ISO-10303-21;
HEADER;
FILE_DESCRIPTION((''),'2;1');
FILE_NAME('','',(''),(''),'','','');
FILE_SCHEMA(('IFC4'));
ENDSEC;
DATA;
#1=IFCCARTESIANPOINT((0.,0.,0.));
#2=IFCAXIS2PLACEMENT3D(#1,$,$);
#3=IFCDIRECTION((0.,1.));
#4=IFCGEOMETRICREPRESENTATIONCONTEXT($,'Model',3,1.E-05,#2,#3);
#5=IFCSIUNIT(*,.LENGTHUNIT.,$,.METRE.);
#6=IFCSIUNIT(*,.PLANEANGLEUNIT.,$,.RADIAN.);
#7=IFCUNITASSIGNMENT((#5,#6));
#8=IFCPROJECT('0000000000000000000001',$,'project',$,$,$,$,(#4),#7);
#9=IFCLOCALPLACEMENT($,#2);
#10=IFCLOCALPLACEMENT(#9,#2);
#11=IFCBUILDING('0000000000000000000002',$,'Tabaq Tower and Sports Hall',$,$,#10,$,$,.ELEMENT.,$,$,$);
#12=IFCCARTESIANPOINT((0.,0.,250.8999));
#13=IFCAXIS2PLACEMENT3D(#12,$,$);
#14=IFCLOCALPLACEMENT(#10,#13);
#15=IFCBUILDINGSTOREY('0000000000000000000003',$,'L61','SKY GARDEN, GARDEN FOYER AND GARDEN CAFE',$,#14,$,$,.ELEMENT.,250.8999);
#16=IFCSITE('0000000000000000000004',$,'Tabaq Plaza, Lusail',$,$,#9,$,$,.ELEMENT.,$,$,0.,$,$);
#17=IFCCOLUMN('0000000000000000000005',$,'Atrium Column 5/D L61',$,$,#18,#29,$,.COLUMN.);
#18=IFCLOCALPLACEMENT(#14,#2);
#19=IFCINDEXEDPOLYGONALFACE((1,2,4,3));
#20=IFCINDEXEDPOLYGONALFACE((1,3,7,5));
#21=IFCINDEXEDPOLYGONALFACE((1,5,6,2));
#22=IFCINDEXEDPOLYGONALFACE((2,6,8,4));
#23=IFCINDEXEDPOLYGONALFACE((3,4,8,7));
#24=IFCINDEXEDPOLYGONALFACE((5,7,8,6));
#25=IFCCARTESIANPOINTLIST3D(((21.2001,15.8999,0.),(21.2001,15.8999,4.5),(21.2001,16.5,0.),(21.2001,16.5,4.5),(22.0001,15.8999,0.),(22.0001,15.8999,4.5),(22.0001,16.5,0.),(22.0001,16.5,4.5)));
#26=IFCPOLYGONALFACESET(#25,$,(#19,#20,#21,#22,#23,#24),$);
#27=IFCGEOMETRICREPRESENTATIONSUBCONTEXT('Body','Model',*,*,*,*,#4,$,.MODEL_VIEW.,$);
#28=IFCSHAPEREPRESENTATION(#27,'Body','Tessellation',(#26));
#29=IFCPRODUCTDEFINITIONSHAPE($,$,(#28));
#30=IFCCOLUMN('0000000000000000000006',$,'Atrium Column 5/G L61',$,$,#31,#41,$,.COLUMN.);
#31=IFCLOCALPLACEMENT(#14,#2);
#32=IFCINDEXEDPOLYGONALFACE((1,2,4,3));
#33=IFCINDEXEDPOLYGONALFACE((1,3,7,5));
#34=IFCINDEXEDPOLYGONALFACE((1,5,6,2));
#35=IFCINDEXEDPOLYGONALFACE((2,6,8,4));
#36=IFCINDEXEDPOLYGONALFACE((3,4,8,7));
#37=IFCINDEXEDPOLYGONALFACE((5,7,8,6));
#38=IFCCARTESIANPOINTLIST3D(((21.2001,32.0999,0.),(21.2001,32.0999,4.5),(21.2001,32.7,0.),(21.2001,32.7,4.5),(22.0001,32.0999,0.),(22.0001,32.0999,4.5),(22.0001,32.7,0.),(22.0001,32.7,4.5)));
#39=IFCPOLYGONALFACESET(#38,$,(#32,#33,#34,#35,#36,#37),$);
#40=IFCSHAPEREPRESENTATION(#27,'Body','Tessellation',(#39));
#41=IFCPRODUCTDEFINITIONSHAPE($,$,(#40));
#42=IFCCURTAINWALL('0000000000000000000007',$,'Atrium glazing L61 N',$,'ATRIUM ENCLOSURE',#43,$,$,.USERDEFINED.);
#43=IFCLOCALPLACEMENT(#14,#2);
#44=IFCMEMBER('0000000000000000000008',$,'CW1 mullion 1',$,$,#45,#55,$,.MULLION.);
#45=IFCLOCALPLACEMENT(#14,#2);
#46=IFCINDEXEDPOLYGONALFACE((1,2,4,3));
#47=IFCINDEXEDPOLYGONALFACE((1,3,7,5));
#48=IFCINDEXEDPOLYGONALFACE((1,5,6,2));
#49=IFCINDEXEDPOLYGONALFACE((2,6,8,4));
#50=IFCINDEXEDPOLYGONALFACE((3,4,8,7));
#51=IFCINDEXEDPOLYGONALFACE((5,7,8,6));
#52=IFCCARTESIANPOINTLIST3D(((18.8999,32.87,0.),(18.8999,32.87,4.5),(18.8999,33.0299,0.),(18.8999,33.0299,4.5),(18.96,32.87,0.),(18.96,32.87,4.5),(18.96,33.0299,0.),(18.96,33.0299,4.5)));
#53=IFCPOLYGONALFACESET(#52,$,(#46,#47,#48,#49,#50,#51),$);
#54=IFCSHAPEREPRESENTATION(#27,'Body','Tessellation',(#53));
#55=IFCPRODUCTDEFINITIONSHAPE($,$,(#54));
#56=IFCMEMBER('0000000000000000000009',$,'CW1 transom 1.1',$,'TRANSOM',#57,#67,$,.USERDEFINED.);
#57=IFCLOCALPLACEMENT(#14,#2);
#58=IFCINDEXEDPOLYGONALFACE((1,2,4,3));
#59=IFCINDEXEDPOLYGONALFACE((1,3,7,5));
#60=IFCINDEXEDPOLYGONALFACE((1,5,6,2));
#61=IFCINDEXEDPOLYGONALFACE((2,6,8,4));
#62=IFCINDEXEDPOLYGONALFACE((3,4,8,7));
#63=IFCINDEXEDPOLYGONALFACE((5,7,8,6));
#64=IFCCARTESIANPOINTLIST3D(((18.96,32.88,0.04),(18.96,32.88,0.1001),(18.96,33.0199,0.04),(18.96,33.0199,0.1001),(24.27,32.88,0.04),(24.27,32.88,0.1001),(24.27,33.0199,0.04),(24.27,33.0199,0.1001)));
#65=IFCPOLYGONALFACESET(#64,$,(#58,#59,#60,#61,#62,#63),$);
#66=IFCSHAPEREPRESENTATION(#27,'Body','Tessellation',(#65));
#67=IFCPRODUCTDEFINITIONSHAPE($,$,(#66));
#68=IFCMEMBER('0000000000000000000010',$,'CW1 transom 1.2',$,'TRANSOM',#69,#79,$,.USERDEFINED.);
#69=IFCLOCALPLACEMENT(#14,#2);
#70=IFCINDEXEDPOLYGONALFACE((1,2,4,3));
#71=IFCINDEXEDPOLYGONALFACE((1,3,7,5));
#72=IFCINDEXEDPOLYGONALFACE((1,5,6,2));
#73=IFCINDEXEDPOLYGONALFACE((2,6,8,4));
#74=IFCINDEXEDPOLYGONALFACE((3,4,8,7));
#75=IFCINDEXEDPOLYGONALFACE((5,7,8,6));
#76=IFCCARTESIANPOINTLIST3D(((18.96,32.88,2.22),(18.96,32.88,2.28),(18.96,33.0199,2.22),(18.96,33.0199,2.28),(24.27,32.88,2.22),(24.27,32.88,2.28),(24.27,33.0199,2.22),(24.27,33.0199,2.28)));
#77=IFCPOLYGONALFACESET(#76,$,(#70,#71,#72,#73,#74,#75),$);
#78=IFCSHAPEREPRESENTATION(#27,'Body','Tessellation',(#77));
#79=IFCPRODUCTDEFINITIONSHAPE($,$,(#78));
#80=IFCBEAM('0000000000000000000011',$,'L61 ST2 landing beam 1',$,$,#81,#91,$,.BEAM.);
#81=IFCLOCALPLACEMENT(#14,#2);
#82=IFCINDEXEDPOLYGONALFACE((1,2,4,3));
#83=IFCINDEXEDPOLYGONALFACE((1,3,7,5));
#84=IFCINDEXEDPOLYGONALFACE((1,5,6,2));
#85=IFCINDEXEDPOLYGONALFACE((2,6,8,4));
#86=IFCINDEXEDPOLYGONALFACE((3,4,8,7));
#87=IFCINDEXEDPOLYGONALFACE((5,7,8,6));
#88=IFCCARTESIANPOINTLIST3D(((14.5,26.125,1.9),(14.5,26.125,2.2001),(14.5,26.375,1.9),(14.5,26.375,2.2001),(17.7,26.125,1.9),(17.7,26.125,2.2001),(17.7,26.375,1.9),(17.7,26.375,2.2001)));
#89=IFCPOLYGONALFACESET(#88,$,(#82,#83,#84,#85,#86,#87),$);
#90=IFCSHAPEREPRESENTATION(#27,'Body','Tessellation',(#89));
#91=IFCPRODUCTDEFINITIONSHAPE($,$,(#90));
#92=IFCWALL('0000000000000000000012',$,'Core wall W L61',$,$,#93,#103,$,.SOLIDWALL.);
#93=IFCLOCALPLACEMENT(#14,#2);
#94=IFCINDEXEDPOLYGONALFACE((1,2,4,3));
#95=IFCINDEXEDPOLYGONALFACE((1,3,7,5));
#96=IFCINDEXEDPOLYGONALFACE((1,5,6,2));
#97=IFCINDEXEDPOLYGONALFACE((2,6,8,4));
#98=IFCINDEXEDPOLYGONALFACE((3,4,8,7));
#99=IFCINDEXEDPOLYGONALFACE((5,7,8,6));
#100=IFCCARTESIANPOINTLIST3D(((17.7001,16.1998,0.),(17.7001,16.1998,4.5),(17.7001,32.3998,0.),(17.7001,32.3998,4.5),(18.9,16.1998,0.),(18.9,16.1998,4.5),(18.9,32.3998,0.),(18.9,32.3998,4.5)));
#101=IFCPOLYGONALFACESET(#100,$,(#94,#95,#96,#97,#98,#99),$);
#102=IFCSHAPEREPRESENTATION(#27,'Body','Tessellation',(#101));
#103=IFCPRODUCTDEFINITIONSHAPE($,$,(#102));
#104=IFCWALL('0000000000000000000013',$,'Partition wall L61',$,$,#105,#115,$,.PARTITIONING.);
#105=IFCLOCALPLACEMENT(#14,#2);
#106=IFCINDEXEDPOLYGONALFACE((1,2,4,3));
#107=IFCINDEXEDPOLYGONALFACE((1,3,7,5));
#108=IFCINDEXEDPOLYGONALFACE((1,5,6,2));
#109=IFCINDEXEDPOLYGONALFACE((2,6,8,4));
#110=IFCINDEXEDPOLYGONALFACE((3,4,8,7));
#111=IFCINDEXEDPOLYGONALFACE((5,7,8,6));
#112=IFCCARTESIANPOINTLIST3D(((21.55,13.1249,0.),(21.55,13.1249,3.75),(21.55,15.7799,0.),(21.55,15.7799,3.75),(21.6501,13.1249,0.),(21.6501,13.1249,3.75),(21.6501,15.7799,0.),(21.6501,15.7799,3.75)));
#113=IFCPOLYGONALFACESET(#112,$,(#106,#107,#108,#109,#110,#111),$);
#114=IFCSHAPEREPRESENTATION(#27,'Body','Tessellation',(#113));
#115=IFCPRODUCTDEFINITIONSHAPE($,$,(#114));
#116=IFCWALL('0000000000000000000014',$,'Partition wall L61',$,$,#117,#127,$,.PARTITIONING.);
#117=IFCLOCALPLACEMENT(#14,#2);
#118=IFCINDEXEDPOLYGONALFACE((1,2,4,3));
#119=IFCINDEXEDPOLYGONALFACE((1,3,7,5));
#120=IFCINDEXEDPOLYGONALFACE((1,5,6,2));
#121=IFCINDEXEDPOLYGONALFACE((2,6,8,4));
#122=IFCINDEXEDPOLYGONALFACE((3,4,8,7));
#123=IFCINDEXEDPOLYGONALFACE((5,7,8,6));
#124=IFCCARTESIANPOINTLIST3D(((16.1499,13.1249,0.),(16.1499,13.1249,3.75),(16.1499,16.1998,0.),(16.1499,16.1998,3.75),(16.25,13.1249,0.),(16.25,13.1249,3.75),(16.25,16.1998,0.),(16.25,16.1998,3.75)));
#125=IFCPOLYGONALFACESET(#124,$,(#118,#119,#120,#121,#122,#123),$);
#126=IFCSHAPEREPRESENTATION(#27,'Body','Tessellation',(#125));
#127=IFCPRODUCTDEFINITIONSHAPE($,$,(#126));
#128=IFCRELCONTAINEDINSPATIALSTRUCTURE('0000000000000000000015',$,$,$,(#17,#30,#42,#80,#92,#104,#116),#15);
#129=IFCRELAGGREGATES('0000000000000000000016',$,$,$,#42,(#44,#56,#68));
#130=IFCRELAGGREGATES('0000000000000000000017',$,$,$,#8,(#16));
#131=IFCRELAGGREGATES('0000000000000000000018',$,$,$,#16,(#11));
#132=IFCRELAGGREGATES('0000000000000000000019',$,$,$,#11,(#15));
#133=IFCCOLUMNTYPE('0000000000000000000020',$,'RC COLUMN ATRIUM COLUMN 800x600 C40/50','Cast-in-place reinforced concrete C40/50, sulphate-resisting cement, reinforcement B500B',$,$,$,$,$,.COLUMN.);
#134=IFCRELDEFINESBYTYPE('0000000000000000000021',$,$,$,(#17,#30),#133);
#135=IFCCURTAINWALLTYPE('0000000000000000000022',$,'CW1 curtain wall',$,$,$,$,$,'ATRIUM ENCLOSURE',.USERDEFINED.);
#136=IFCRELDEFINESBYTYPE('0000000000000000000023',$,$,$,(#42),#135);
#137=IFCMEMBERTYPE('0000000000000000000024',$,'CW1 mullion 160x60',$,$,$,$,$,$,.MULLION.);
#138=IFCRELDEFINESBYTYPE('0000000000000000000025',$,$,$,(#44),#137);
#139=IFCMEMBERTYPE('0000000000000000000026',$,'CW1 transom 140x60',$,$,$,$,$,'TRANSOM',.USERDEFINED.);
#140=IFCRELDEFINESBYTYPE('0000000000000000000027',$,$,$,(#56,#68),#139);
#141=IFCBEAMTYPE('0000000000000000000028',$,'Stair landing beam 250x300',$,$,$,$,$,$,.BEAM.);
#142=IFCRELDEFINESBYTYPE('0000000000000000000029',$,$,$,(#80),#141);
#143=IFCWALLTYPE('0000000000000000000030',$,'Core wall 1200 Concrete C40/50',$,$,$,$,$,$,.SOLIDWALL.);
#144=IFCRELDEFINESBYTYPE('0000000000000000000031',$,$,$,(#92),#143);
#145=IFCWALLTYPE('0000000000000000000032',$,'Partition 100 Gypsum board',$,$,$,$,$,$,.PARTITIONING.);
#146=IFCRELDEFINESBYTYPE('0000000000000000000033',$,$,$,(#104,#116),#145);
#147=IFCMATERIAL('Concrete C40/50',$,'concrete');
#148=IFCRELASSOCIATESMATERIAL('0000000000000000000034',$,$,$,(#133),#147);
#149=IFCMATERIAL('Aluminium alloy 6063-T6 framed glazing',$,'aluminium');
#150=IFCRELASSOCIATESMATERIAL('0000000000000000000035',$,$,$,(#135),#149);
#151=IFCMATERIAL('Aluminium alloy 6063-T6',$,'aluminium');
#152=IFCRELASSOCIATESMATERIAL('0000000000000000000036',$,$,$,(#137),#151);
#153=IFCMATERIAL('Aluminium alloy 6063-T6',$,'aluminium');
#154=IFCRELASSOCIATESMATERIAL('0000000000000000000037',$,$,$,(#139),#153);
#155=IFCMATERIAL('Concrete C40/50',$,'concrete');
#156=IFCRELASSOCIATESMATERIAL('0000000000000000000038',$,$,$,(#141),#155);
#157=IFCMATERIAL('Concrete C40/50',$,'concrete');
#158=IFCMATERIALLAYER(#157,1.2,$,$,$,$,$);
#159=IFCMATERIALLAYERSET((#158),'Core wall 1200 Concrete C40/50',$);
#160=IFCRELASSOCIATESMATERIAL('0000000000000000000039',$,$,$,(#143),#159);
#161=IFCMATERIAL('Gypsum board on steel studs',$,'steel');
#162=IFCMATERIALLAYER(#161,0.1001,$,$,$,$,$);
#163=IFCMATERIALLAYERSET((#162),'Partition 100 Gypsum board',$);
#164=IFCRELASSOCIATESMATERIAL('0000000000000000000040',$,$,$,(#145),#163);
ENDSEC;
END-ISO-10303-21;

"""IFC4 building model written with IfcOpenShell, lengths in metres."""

from ifc_helpers import new_model, si_unit, direction, frame, frame_2d, origin, origin_2d, place, context, subcontext, project, spatial, rectangle, extrude, material, layer, layer_set, material_profile, profile_set, type_object, element, aggregate, save


model = new_model("IFC4")

# Units and contexts
model_context = context("Model", 3, precision=1e-05, world=origin(), true_north=direction((0.0, 1.0)))
body_context = subcontext(model_context, "Body", "Model", "MODEL_VIEW")
ifc_project = project(units=[si_unit("LENGTHUNIT", "METRE"), si_unit("PLANEANGLEUNIT", "RADIAN")], contexts=[model_context])

# Site, building, storey
site_placement = place(None, origin())
site = spatial("IfcSite", under=ifc_project, at=site_placement, Name="Tabaq Plaza, Lusail", CompositionType="ELEMENT", RefElevation=0.0)
building_placement = place(site_placement, origin())
building = spatial("IfcBuilding", under=site, at=building_placement, Name="Tabaq Tower and Sports Hall", CompositionType="ELEMENT")
storey_placement = place(building_placement, frame((0.0, 0.0, 250.8999)))
storey = spatial("IfcBuildingStorey", under=building, at=storey_placement, Name="L61", Description="SKY GARDEN, GARDEN FOYER AND GARDEN CAFE", CompositionType="ELEMENT", Elevation=250.8999)

# Columns
ifc_material_1 = material(Name="Concrete C40/50", Category="concrete")
ifc_material_profile_1 = material_profile(ifc_material_1, rectangle(XDim=0.8, YDim=0.6001, at=origin_2d()), Name="ATRIUM COLUMN 800x600")
ifc_profile_set_1 = profile_set([ifc_material_profile_1], Name="Concrete C40/50")
column_type = type_object("IfcColumnType", Name="RC COLUMN ATRIUM COLUMN 800x600 C40/50", Description="Cast-in-place reinforced concrete C40/50, sulphate-resisting cement, reinforcement B500B", PredefinedType="COLUMN", material=ifc_profile_set_1)
for number, where, z_axis, x_axis, name in (
    (1, (21.6001, 16.2, 0.0), (0.0, 0.0, 1.0), (1.0, 0.0, 0.0), "Atrium Column 5/D L61"),
    (2, (21.6001, 32.3999, 0.0), (0.0, 0.0, 1.0), (1.0, 0.0, 0.0), "Atrium Column 5/G L61"),
):
    element("IfcColumn", number, at=place(storey_placement, frame(where, z_axis=z_axis, x_axis=x_axis)), inside=storey, type_object=column_type, Name=name, PredefinedType="COLUMN", context=body_context, shape_type="SweptSolid", body=[
        extrude(rectangle(XDim=0.8, YDim=0.6001, at=origin_2d()), origin(), (0.0, 0.0, 1.0), 4.5),
    ])

# Curtain wall, members
ifc_material_2 = material(Name="Aluminium alloy 6063-T6 framed glazing", Category="aluminium")
curtain_wall_type = type_object("IfcCurtainWallType", Name="CW1 curtain wall", ElementType="ATRIUM ENCLOSURE", PredefinedType="USERDEFINED", material=ifc_material_2)
curtain_wall_placement = place(storey_placement, origin())
curtain_wall = element("IfcCurtainWall", 3, at=curtain_wall_placement, inside=storey, type_object=curtain_wall_type, Name="Atrium glazing L61 N", ObjectType="ATRIUM ENCLOSURE", PredefinedType="USERDEFINED")
ifc_material_3 = material(Name="Aluminium alloy 6063-T6", Category="aluminium")
ifc_material_profile_2 = material_profile(ifc_material_3, rectangle(XDim=0.1599, YDim=0.0601, at=origin_2d()), Name="MULLION 160x60")
ifc_profile_set_2 = profile_set([ifc_material_profile_2], Name="Aluminium alloy 6063-T6")
member_type_1 = type_object("IfcMemberType", Name="CW1 mullion 160x60", PredefinedType="MULLION", material=ifc_profile_set_2)
member_1_placement = place(storey_placement, frame((18.9299, 32.95, 0.0), z_axis=(0.0, 0.0, 1.0), x_axis=(0.0, 1.0, 0.0)))
member_1 = element("IfcMember", 4, at=member_1_placement, type_object=member_type_1, Name="CW1 mullion 1", PredefinedType="MULLION", context=body_context, shape_type="SweptSolid", body=[
    extrude(rectangle(XDim=0.1599, YDim=0.0601, at=origin_2d()), origin(), (0.0, 0.0, 1.0), 4.5),
])
ifc_material_4 = material(Name="Aluminium alloy 6063-T6", Category="aluminium")
ifc_material_profile_3 = material_profile(ifc_material_4, rectangle(XDim=0.1399, YDim=0.0601, at=origin_2d()), Name="TRANSOM 140x60")
ifc_profile_set_3 = profile_set([ifc_material_profile_3], Name="Aluminium alloy 6063-T6")
member_type_2 = type_object("IfcMemberType", Name="CW1 transom 140x60", ElementType="TRANSOM", PredefinedType="USERDEFINED", material=ifc_profile_set_3)
member_2_placement = place(storey_placement, frame((18.96, 32.95, 0.0701), z_axis=(1.0, 0.0, 0.0), x_axis=(0.0, 1.0, 0.0)))
member_2 = element("IfcMember", 5, at=member_2_placement, type_object=member_type_2, Name="CW1 transom 1.1", ObjectType="TRANSOM", PredefinedType="USERDEFINED", context=body_context, shape_type="SweptSolid", body=[
    extrude(rectangle(XDim=0.1399, YDim=0.0601, at=origin_2d()), origin(), (0.0, 0.0, 1.0), 5.3101),
])
member_3_placement = place(storey_placement, frame((18.96, 32.95, 2.25), z_axis=(1.0, 0.0, 0.0), x_axis=(0.0, 1.0, 0.0)))
member_3 = element("IfcMember", 6, at=member_3_placement, type_object=member_type_2, Name="CW1 transom 1.2", ObjectType="TRANSOM", PredefinedType="USERDEFINED", context=body_context, shape_type="SweptSolid", body=[
    extrude(rectangle(XDim=0.1399, YDim=0.0601, at=origin_2d()), origin(), (0.0, 0.0, 1.0), 5.3101),
])
aggregate(curtain_wall, [member_1, member_2, member_3])

# Beam
ifc_material_5 = material(Name="Concrete C40/50", Category="concrete")
ifc_material_profile_4 = material_profile(ifc_material_5, rectangle(XDim=0.25, YDim=0.3, at=origin_2d()), Name="RC 250x300")
ifc_profile_set_4 = profile_set([ifc_material_profile_4], Name="Concrete C40/50")
beam_type = type_object("IfcBeamType", Name="Stair landing beam 250x300", PredefinedType="BEAM", material=ifc_profile_set_4)
beam_placement = place(storey_placement, frame((14.5, 26.25, 2.05), z_axis=(1.0, 0.0, 0.0), x_axis=(0.0, 1.0, 0.0)))
element("IfcBeam", 7, at=beam_placement, inside=storey, type_object=beam_type, Name="L61 ST2 landing beam 1", PredefinedType="BEAM", context=body_context, shape_type="SweptSolid", body=[
    extrude(rectangle(XDim=0.25, YDim=0.3, at=origin_2d()), origin(), (0.0, 0.0, 1.0), 3.2),
])

# Wall
ifc_material_6 = material(Name="Concrete C40/50", Category="concrete")
ifc_layer_1 = layer(ifc_material_6, 1.2)
ifc_layer_set_1 = layer_set([ifc_layer_1], Name="Core wall 1200 Concrete C40/50")
wall_type_1 = type_object("IfcWallType", Name="Core wall 1200 Concrete C40/50", PredefinedType="SOLIDWALL", material=ifc_layer_set_1)
wall_1_placement = place(storey_placement, frame((18.3, 32.3999, 0.0), z_axis=(0.0, 0.0, 1.0), x_axis=(0.0, -1.0, 0.0)))
element("IfcWall", 8, at=wall_1_placement, inside=storey, type_object=wall_type_1, Name="Core wall W L61", PredefinedType="SOLIDWALL", context=body_context, shape_type="SweptSolid", body=[
    extrude(rectangle(XDim=16.2, YDim=1.2, at=frame_2d((8.1001, 0.0))), origin(), (0.0, 0.0, 1.0), 4.5),
])

# Walls
ifc_material_7 = material(Name="Gypsum board on steel studs", Category="steel")
ifc_layer_2 = layer(ifc_material_7, 0.1001)
ifc_layer_set_2 = layer_set([ifc_layer_2], Name="Partition 100 Gypsum board")
wall_type_2 = type_object("IfcWallType", Name="Partition 100 Gypsum board", PredefinedType="PARTITIONING", material=ifc_layer_set_2)
wall_2_placement = place(storey_placement, frame((21.6001, 15.78, 0.0), z_axis=(0.0, 0.0, 1.0), x_axis=(0.0, -1.0, 0.0)))
element("IfcWall", 9, at=wall_2_placement, inside=storey, type_object=wall_type_2, Name="Partition wall L61", PredefinedType="PARTITIONING", context=body_context, shape_type="SweptSolid", body=[
    extrude(rectangle(XDim=2.655, YDim=0.1001, at=frame_2d((1.3276, 0.0))), origin(), (0.0, 0.0, 1.0), 3.75),
])
wall_3_placement = place(storey_placement, frame((16.2, 16.2, 0.0), z_axis=(0.0, 0.0, 1.0), x_axis=(0.0, -1.0, 0.0)))
element("IfcWall", 10, at=wall_3_placement, inside=storey, type_object=wall_type_2, Name="Partition wall L61", PredefinedType="PARTITIONING", context=body_context, shape_type="SweptSolid", body=[
    extrude(rectangle(XDim=3.075, YDim=0.1001, at=frame_2d((1.5376, 0.0))), origin(), (0.0, 0.0, 1.0), 3.75),
])

save(model, "model.ifc")
